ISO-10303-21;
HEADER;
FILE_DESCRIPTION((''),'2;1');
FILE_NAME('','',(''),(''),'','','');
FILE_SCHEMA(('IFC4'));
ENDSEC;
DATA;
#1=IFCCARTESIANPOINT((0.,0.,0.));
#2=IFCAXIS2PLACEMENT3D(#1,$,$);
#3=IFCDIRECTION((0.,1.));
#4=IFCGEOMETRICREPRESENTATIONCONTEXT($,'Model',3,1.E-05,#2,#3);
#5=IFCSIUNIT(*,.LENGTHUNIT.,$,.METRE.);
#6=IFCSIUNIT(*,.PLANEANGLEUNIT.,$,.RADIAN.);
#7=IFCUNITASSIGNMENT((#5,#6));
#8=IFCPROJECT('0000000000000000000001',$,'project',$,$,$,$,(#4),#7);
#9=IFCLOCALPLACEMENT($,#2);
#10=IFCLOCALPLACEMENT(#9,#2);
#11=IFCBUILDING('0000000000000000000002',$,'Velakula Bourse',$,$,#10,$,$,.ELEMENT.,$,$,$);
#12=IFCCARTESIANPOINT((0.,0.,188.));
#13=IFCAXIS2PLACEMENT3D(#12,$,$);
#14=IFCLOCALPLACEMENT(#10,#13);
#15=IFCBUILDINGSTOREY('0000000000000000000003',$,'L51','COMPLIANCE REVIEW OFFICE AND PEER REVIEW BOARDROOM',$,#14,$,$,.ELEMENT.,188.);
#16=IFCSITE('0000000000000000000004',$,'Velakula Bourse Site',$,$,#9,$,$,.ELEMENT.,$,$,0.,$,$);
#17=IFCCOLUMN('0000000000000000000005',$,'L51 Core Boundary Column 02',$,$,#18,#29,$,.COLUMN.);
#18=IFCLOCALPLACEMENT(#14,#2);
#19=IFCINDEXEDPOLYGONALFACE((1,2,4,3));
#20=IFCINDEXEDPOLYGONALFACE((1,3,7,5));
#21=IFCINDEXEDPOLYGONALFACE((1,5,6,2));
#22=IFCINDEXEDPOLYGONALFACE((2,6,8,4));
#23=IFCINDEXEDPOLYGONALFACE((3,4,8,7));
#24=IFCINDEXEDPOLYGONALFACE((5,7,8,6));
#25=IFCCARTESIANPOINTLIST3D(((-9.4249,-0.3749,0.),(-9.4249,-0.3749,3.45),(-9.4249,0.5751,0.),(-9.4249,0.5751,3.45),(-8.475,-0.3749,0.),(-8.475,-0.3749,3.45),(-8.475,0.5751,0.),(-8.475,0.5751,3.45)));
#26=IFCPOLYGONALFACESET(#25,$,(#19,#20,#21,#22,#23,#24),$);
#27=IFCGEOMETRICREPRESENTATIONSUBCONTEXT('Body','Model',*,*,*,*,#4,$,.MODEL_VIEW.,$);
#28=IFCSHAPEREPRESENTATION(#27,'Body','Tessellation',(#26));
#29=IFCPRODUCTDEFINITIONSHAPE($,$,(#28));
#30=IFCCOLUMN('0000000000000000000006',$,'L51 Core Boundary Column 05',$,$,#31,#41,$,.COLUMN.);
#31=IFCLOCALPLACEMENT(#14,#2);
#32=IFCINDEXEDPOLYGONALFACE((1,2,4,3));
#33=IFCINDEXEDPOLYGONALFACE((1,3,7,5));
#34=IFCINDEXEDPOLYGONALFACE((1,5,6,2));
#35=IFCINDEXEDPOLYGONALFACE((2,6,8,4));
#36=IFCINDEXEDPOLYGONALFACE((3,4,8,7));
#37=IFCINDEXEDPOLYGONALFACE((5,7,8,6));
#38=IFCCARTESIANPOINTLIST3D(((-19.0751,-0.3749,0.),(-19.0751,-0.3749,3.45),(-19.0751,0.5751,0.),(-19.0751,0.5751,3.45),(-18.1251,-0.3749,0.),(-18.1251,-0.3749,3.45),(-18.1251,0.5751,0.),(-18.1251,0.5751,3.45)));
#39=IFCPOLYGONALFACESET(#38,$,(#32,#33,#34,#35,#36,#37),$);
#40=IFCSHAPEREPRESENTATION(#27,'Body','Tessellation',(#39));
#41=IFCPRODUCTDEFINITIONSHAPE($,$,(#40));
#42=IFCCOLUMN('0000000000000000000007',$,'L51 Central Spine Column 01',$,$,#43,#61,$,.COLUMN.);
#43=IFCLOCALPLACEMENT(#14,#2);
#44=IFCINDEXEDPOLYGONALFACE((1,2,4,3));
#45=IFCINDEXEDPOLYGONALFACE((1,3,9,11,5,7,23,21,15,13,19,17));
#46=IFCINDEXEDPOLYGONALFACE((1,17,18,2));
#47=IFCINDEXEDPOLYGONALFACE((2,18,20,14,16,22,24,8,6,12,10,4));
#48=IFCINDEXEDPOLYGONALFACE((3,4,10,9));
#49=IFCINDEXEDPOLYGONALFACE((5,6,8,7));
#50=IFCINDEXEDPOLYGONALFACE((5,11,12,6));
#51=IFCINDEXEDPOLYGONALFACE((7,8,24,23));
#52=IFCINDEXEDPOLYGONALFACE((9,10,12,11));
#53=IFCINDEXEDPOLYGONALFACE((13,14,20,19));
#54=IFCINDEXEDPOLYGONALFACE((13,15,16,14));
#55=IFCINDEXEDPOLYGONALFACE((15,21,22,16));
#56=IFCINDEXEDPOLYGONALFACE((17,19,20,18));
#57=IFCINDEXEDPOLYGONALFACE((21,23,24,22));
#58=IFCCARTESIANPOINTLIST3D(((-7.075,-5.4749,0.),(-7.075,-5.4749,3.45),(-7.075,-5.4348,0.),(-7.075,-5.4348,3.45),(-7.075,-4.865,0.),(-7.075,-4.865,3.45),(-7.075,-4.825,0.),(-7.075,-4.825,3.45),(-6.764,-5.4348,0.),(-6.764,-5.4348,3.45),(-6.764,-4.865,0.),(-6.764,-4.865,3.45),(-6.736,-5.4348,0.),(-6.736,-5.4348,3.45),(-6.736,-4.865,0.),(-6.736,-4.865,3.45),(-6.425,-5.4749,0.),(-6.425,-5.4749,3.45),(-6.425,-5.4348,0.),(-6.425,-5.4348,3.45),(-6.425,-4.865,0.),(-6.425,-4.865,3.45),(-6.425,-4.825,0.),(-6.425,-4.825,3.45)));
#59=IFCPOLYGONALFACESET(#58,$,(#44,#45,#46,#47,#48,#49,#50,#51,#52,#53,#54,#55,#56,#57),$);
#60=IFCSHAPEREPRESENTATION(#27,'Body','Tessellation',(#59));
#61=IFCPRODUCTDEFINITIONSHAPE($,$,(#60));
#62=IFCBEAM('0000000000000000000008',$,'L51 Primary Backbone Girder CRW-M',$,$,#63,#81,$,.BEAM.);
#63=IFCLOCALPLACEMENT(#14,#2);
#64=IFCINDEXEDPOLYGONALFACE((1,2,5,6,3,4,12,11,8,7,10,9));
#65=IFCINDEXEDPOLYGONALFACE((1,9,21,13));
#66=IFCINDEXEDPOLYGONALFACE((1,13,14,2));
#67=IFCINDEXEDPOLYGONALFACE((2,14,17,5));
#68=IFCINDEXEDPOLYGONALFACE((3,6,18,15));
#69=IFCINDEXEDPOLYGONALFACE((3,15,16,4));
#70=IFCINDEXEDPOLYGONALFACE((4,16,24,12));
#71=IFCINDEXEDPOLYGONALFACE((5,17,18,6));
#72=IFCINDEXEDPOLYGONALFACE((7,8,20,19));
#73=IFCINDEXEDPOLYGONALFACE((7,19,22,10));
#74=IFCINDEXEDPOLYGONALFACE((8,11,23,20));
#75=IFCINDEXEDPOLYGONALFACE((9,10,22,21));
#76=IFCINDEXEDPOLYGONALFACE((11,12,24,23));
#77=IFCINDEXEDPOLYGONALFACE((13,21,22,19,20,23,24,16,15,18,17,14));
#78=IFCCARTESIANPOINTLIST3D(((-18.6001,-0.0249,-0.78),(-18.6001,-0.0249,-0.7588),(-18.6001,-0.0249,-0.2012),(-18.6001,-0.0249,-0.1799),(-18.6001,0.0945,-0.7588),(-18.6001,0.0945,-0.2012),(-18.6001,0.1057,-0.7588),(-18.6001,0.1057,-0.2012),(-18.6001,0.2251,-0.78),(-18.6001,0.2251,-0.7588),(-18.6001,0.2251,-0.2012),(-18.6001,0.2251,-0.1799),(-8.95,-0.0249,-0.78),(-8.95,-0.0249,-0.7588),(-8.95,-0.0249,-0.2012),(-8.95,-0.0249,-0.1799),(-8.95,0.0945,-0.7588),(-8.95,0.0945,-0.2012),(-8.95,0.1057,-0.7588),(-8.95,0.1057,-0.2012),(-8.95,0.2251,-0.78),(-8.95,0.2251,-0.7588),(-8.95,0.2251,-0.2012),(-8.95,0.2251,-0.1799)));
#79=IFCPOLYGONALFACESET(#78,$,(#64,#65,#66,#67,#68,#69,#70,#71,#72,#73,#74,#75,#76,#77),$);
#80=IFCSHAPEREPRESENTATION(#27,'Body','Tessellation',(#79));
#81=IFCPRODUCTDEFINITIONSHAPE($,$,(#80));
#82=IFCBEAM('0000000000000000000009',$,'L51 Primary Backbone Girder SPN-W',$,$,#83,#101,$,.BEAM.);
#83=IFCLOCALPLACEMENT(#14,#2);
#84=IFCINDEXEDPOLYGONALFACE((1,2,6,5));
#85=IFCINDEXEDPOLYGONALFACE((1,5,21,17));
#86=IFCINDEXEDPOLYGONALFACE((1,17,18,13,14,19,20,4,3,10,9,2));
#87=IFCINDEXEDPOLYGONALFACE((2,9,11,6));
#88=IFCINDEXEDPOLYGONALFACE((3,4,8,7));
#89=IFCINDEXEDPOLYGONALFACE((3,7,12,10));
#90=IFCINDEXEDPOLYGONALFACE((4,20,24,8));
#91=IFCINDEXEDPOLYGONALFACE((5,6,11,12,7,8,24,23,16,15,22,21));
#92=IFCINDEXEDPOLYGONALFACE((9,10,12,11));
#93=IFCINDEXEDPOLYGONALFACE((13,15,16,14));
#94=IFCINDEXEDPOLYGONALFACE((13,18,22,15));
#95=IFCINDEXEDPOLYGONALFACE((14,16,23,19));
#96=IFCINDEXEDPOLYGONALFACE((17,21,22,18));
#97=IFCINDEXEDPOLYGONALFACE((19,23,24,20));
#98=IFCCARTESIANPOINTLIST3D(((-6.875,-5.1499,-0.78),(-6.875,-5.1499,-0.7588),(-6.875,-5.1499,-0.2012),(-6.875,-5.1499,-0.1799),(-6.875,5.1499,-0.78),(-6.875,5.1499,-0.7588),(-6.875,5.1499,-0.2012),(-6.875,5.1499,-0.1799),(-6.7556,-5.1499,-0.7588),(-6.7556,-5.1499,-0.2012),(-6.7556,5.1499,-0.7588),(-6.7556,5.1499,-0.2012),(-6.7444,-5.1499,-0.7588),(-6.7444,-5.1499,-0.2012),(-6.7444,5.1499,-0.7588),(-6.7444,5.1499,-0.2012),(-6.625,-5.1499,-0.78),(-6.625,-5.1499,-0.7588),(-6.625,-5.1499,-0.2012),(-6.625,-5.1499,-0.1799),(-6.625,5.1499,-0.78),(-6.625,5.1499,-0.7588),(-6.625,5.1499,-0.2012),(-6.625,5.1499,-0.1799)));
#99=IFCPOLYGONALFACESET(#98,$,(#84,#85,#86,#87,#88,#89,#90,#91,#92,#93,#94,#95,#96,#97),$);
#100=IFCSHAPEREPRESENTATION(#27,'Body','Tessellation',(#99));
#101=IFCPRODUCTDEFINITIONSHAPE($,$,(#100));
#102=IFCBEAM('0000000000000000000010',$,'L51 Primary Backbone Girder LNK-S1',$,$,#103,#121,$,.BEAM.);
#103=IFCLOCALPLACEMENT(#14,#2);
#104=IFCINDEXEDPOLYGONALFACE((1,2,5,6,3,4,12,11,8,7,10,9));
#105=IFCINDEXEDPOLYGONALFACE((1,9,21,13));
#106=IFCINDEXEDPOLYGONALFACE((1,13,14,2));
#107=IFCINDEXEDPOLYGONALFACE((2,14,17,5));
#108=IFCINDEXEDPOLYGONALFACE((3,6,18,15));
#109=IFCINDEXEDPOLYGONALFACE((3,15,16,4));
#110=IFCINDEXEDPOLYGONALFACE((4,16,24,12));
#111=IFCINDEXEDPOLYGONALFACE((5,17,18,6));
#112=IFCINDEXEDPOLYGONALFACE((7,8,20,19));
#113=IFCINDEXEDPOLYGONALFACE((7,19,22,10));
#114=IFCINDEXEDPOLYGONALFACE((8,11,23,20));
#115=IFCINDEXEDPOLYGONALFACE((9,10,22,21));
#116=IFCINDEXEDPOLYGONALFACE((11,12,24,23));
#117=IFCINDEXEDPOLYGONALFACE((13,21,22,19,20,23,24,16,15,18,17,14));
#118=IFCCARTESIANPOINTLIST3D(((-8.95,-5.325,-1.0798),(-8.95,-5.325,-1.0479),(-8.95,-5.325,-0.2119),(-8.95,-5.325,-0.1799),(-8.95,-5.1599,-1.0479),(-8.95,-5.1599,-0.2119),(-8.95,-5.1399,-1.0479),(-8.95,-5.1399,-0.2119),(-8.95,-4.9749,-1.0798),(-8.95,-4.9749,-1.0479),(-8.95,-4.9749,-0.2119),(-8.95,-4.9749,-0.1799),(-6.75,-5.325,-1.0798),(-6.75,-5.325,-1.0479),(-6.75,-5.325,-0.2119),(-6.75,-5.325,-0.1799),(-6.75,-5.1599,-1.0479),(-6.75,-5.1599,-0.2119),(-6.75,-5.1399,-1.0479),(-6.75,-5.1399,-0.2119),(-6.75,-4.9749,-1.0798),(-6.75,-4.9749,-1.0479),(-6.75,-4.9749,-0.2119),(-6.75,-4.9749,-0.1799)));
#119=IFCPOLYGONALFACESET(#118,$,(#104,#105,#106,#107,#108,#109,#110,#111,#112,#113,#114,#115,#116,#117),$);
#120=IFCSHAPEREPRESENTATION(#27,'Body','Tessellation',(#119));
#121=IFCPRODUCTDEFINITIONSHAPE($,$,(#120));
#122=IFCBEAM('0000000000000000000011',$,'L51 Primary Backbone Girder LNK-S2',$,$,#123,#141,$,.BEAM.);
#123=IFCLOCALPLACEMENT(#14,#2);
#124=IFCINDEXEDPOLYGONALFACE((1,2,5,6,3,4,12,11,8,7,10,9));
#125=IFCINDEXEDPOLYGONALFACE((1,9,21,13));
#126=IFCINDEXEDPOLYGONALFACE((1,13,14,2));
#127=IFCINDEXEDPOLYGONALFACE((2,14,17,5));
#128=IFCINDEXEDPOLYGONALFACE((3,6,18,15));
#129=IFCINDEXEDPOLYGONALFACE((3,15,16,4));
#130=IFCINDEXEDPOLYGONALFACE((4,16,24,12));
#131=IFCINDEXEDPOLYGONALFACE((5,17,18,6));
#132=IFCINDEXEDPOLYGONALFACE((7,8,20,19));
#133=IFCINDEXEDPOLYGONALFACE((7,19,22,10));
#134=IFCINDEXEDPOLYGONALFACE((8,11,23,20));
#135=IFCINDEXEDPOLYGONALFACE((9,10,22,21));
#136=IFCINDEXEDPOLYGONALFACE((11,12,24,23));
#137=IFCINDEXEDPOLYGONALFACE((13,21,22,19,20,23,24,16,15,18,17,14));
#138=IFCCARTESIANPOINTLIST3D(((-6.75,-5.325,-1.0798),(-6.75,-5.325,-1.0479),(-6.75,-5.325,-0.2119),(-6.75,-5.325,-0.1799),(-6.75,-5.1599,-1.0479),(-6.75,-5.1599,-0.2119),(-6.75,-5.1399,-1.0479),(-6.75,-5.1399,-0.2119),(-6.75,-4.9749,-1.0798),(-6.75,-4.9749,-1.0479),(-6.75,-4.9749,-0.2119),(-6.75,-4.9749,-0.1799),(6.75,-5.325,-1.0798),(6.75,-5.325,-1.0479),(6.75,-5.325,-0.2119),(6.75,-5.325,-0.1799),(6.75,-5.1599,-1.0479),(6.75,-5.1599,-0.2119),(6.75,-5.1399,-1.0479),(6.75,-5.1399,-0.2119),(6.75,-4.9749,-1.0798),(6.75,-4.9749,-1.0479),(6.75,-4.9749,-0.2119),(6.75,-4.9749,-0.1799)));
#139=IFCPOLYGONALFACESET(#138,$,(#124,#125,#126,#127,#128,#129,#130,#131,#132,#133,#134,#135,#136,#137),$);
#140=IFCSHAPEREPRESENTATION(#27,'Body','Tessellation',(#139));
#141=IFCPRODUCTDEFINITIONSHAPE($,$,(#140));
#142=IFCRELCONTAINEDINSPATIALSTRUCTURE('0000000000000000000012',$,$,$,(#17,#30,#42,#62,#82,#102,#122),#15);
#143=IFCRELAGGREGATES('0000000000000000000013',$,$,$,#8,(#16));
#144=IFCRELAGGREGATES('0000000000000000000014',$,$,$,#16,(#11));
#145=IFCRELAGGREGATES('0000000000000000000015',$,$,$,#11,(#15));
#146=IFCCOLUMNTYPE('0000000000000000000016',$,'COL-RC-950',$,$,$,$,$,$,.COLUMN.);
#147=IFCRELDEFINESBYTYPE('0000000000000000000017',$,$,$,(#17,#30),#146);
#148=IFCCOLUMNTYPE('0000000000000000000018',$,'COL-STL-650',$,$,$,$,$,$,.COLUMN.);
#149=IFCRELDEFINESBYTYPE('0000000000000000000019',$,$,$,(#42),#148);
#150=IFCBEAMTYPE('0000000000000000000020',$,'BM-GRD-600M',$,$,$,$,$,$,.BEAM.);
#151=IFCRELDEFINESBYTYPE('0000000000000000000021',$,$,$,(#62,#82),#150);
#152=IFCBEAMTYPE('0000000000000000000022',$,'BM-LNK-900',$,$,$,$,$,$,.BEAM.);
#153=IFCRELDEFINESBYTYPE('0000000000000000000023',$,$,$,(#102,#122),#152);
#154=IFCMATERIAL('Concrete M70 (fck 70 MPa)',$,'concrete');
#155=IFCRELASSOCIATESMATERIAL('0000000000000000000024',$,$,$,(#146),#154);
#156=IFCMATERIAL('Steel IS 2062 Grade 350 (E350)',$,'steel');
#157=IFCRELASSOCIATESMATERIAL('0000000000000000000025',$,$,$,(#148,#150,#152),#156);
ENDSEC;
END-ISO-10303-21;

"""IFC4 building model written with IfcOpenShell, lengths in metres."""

from ifc_helpers import new_model, si_unit, direction, frame, origin, origin_2d, place, context, subcontext, project, spatial, rectangle, i_section, extrude, material, material_profile, profile_set, type_object, element, save


model = new_model("IFC4")

# Units and contexts
model_context = context("Model", 3, precision=1e-05, world=origin(), true_north=direction((0.0, 1.0)))
body_context = subcontext(model_context, "Body", "Model", "MODEL_VIEW")
ifc_project = project(units=[si_unit("LENGTHUNIT", "METRE"), si_unit("PLANEANGLEUNIT", "RADIAN")], contexts=[model_context])

# Site, building, storey
site_placement = place(None, origin())
site = spatial("IfcSite", under=ifc_project, at=site_placement, Name="Velakula Bourse Site", CompositionType="ELEMENT", RefElevation=0.0)
building_placement = place(site_placement, origin())
building = spatial("IfcBuilding", under=site, at=building_placement, Name="Velakula Bourse", CompositionType="ELEMENT")
storey_placement = place(building_placement, frame((0.0, 0.0, 188.0)))
storey = spatial("IfcBuildingStorey", under=building, at=storey_placement, Name="L51", Description="COMPLIANCE REVIEW OFFICE AND PEER REVIEW BOARDROOM", CompositionType="ELEMENT", Elevation=188.0)

# Columns
ifc_material_1 = material(Name="Concrete M70 (fck 70 MPa)", Category="concrete")
ifc_material_profile_1 = material_profile(ifc_material_1, rectangle(XDim=0.95, YDim=0.95, at=origin_2d()), Name="Concrete M70 (fck 70 MPa)")
ifc_profile_set_1 = profile_set([ifc_material_profile_1], Name="Concrete M70 (fck 70 MPa)")
column_type_1 = type_object("IfcColumnType", Name="COL-RC-950", PredefinedType="COLUMN", material=ifc_profile_set_1)
for number, where, z_axis, x_axis, name in (
    (1, (-8.95, 0.1001, 0.0), (0.0, 0.0, 1.0), (1.0, 0.0, 0.0), "L51 Core Boundary Column 02"),
    (2, (-18.6001, 0.1001, 0.0), (0.0, 0.0, 1.0), (1.0, 0.0, 0.0), "L51 Core Boundary Column 05"),
):
    element("IfcColumn", number, at=place(storey_placement, frame(where, z_axis=z_axis, x_axis=x_axis)), inside=storey, type_object=column_type_1, Name=name, PredefinedType="COLUMN", context=body_context, shape_type="SweptSolid", body=[
        extrude(rectangle(XDim=0.95, YDim=0.95, at=origin_2d()), origin(), (0.0, 0.0, 1.0), 3.45),
    ])
ifc_material_2 = material(Name="Steel IS 2062 Grade 350 (E350)", Category="steel")
ifc_material_profile_2 = material_profile(ifc_material_2, i_section(OverallWidth=0.6499, OverallDepth=0.6499, WebThickness=0.0281, FlangeThickness=0.04, at=origin_2d()), Name="Steel IS 2062 Grade 350 (E350)")
ifc_profile_set_2 = profile_set([ifc_material_profile_2], Name="Steel IS 2062 Grade 350 (E350)")
column_type_2 = type_object("IfcColumnType", Name="COL-STL-650", PredefinedType="COLUMN", material=ifc_profile_set_2)
column_placement = place(storey_placement, frame((-6.75, -5.1499, 0.0), z_axis=(0.0, 0.0, 1.0), x_axis=(1.0, 0.0, 0.0)))
element("IfcColumn", 3, at=column_placement, inside=storey, type_object=column_type_2, Name="L51 Central Spine Column 01", PredefinedType="COLUMN", context=body_context, shape_type="SweptSolid", body=[
    extrude(i_section(OverallWidth=0.6499, OverallDepth=0.6499, WebThickness=0.0281, FlangeThickness=0.04, at=origin_2d()), origin(), (0.0, 0.0, 1.0), 3.45),
])

# Beams
ifc_material_profile_3 = material_profile(ifc_material_2, i_section(OverallWidth=0.25, OverallDepth=0.6001, WebThickness=0.0112, FlangeThickness=0.0212, at=origin_2d()), Name="Steel IS 2062 Grade 350 (E350)")
ifc_profile_set_3 = profile_set([ifc_material_profile_3], Name="Steel IS 2062 Grade 350 (E350)")
beam_type_1 = type_object("IfcBeamType", Name="BM-GRD-600M", PredefinedType="BEAM", material=ifc_profile_set_3)
beam_1_placement = place(storey_placement, frame((-18.6001, 0.1001, -0.48), z_axis=(1.0, 0.0, 0.0), x_axis=(0.0, 1.0, 0.0)))
element("IfcBeam", 4, at=beam_1_placement, inside=storey, type_object=beam_type_1, Name="L51 Primary Backbone Girder CRW-M", PredefinedType="BEAM", context=body_context, shape_type="SweptSolid", body=[
    extrude(i_section(OverallWidth=0.25, OverallDepth=0.6001, WebThickness=0.0112, FlangeThickness=0.0212, at=origin_2d()), origin(), (0.0, 0.0, 1.0), 9.6501),
])
beam_2_placement = place(storey_placement, frame((-6.75, -5.1499, -0.48), z_axis=(0.0, 1.0, 0.0), x_axis=(-1.0, 0.0, 0.0)))
element("IfcBeam", 5, at=beam_2_placement, inside=storey, type_object=beam_type_1, Name="L51 Primary Backbone Girder SPN-W", PredefinedType="BEAM", context=body_context, shape_type="SweptSolid", body=[
    extrude(i_section(OverallWidth=0.25, OverallDepth=0.6001, WebThickness=0.0112, FlangeThickness=0.0212, at=origin_2d()), origin(), (0.0, 0.0, 1.0), 10.2998),
])
ifc_material_profile_4 = material_profile(ifc_material_2, i_section(OverallWidth=0.3501, OverallDepth=0.8999, WebThickness=0.02, FlangeThickness=0.032, at=origin_2d()), Name="Steel IS 2062 Grade 350 (E350)")
ifc_profile_set_4 = profile_set([ifc_material_profile_4], Name="Steel IS 2062 Grade 350 (E350)")
beam_type_2 = type_object("IfcBeamType", Name="BM-LNK-900", PredefinedType="BEAM", material=ifc_profile_set_4)
beam_3_placement = place(storey_placement, frame((-8.95, -5.1499, -0.6299), z_axis=(1.0, 0.0, 0.0), x_axis=(0.0, 1.0, 0.0)))
element("IfcBeam", 6, at=beam_3_placement, inside=storey, type_object=beam_type_2, Name="L51 Primary Backbone Girder LNK-S1", PredefinedType="BEAM", context=body_context, shape_type="SweptSolid", body=[
    extrude(i_section(OverallWidth=0.3501, OverallDepth=0.8999, WebThickness=0.02, FlangeThickness=0.032, at=origin_2d()), origin(), (0.0, 0.0, 1.0), 2.2),
])
beam_4_placement = place(storey_placement, frame((-6.75, -5.1499, -0.6299), z_axis=(1.0, 0.0, 0.0), x_axis=(0.0, 1.0, 0.0)))
element("IfcBeam", 7, at=beam_4_placement, inside=storey, type_object=beam_type_2, Name="L51 Primary Backbone Girder LNK-S2", PredefinedType="BEAM", context=body_context, shape_type="SweptSolid", body=[
    extrude(i_section(OverallWidth=0.3501, OverallDepth=0.8999, WebThickness=0.02, FlangeThickness=0.032, at=origin_2d()), origin(), (0.0, 0.0, 1.0), 13.5),
])

save(model, "model.ifc")
